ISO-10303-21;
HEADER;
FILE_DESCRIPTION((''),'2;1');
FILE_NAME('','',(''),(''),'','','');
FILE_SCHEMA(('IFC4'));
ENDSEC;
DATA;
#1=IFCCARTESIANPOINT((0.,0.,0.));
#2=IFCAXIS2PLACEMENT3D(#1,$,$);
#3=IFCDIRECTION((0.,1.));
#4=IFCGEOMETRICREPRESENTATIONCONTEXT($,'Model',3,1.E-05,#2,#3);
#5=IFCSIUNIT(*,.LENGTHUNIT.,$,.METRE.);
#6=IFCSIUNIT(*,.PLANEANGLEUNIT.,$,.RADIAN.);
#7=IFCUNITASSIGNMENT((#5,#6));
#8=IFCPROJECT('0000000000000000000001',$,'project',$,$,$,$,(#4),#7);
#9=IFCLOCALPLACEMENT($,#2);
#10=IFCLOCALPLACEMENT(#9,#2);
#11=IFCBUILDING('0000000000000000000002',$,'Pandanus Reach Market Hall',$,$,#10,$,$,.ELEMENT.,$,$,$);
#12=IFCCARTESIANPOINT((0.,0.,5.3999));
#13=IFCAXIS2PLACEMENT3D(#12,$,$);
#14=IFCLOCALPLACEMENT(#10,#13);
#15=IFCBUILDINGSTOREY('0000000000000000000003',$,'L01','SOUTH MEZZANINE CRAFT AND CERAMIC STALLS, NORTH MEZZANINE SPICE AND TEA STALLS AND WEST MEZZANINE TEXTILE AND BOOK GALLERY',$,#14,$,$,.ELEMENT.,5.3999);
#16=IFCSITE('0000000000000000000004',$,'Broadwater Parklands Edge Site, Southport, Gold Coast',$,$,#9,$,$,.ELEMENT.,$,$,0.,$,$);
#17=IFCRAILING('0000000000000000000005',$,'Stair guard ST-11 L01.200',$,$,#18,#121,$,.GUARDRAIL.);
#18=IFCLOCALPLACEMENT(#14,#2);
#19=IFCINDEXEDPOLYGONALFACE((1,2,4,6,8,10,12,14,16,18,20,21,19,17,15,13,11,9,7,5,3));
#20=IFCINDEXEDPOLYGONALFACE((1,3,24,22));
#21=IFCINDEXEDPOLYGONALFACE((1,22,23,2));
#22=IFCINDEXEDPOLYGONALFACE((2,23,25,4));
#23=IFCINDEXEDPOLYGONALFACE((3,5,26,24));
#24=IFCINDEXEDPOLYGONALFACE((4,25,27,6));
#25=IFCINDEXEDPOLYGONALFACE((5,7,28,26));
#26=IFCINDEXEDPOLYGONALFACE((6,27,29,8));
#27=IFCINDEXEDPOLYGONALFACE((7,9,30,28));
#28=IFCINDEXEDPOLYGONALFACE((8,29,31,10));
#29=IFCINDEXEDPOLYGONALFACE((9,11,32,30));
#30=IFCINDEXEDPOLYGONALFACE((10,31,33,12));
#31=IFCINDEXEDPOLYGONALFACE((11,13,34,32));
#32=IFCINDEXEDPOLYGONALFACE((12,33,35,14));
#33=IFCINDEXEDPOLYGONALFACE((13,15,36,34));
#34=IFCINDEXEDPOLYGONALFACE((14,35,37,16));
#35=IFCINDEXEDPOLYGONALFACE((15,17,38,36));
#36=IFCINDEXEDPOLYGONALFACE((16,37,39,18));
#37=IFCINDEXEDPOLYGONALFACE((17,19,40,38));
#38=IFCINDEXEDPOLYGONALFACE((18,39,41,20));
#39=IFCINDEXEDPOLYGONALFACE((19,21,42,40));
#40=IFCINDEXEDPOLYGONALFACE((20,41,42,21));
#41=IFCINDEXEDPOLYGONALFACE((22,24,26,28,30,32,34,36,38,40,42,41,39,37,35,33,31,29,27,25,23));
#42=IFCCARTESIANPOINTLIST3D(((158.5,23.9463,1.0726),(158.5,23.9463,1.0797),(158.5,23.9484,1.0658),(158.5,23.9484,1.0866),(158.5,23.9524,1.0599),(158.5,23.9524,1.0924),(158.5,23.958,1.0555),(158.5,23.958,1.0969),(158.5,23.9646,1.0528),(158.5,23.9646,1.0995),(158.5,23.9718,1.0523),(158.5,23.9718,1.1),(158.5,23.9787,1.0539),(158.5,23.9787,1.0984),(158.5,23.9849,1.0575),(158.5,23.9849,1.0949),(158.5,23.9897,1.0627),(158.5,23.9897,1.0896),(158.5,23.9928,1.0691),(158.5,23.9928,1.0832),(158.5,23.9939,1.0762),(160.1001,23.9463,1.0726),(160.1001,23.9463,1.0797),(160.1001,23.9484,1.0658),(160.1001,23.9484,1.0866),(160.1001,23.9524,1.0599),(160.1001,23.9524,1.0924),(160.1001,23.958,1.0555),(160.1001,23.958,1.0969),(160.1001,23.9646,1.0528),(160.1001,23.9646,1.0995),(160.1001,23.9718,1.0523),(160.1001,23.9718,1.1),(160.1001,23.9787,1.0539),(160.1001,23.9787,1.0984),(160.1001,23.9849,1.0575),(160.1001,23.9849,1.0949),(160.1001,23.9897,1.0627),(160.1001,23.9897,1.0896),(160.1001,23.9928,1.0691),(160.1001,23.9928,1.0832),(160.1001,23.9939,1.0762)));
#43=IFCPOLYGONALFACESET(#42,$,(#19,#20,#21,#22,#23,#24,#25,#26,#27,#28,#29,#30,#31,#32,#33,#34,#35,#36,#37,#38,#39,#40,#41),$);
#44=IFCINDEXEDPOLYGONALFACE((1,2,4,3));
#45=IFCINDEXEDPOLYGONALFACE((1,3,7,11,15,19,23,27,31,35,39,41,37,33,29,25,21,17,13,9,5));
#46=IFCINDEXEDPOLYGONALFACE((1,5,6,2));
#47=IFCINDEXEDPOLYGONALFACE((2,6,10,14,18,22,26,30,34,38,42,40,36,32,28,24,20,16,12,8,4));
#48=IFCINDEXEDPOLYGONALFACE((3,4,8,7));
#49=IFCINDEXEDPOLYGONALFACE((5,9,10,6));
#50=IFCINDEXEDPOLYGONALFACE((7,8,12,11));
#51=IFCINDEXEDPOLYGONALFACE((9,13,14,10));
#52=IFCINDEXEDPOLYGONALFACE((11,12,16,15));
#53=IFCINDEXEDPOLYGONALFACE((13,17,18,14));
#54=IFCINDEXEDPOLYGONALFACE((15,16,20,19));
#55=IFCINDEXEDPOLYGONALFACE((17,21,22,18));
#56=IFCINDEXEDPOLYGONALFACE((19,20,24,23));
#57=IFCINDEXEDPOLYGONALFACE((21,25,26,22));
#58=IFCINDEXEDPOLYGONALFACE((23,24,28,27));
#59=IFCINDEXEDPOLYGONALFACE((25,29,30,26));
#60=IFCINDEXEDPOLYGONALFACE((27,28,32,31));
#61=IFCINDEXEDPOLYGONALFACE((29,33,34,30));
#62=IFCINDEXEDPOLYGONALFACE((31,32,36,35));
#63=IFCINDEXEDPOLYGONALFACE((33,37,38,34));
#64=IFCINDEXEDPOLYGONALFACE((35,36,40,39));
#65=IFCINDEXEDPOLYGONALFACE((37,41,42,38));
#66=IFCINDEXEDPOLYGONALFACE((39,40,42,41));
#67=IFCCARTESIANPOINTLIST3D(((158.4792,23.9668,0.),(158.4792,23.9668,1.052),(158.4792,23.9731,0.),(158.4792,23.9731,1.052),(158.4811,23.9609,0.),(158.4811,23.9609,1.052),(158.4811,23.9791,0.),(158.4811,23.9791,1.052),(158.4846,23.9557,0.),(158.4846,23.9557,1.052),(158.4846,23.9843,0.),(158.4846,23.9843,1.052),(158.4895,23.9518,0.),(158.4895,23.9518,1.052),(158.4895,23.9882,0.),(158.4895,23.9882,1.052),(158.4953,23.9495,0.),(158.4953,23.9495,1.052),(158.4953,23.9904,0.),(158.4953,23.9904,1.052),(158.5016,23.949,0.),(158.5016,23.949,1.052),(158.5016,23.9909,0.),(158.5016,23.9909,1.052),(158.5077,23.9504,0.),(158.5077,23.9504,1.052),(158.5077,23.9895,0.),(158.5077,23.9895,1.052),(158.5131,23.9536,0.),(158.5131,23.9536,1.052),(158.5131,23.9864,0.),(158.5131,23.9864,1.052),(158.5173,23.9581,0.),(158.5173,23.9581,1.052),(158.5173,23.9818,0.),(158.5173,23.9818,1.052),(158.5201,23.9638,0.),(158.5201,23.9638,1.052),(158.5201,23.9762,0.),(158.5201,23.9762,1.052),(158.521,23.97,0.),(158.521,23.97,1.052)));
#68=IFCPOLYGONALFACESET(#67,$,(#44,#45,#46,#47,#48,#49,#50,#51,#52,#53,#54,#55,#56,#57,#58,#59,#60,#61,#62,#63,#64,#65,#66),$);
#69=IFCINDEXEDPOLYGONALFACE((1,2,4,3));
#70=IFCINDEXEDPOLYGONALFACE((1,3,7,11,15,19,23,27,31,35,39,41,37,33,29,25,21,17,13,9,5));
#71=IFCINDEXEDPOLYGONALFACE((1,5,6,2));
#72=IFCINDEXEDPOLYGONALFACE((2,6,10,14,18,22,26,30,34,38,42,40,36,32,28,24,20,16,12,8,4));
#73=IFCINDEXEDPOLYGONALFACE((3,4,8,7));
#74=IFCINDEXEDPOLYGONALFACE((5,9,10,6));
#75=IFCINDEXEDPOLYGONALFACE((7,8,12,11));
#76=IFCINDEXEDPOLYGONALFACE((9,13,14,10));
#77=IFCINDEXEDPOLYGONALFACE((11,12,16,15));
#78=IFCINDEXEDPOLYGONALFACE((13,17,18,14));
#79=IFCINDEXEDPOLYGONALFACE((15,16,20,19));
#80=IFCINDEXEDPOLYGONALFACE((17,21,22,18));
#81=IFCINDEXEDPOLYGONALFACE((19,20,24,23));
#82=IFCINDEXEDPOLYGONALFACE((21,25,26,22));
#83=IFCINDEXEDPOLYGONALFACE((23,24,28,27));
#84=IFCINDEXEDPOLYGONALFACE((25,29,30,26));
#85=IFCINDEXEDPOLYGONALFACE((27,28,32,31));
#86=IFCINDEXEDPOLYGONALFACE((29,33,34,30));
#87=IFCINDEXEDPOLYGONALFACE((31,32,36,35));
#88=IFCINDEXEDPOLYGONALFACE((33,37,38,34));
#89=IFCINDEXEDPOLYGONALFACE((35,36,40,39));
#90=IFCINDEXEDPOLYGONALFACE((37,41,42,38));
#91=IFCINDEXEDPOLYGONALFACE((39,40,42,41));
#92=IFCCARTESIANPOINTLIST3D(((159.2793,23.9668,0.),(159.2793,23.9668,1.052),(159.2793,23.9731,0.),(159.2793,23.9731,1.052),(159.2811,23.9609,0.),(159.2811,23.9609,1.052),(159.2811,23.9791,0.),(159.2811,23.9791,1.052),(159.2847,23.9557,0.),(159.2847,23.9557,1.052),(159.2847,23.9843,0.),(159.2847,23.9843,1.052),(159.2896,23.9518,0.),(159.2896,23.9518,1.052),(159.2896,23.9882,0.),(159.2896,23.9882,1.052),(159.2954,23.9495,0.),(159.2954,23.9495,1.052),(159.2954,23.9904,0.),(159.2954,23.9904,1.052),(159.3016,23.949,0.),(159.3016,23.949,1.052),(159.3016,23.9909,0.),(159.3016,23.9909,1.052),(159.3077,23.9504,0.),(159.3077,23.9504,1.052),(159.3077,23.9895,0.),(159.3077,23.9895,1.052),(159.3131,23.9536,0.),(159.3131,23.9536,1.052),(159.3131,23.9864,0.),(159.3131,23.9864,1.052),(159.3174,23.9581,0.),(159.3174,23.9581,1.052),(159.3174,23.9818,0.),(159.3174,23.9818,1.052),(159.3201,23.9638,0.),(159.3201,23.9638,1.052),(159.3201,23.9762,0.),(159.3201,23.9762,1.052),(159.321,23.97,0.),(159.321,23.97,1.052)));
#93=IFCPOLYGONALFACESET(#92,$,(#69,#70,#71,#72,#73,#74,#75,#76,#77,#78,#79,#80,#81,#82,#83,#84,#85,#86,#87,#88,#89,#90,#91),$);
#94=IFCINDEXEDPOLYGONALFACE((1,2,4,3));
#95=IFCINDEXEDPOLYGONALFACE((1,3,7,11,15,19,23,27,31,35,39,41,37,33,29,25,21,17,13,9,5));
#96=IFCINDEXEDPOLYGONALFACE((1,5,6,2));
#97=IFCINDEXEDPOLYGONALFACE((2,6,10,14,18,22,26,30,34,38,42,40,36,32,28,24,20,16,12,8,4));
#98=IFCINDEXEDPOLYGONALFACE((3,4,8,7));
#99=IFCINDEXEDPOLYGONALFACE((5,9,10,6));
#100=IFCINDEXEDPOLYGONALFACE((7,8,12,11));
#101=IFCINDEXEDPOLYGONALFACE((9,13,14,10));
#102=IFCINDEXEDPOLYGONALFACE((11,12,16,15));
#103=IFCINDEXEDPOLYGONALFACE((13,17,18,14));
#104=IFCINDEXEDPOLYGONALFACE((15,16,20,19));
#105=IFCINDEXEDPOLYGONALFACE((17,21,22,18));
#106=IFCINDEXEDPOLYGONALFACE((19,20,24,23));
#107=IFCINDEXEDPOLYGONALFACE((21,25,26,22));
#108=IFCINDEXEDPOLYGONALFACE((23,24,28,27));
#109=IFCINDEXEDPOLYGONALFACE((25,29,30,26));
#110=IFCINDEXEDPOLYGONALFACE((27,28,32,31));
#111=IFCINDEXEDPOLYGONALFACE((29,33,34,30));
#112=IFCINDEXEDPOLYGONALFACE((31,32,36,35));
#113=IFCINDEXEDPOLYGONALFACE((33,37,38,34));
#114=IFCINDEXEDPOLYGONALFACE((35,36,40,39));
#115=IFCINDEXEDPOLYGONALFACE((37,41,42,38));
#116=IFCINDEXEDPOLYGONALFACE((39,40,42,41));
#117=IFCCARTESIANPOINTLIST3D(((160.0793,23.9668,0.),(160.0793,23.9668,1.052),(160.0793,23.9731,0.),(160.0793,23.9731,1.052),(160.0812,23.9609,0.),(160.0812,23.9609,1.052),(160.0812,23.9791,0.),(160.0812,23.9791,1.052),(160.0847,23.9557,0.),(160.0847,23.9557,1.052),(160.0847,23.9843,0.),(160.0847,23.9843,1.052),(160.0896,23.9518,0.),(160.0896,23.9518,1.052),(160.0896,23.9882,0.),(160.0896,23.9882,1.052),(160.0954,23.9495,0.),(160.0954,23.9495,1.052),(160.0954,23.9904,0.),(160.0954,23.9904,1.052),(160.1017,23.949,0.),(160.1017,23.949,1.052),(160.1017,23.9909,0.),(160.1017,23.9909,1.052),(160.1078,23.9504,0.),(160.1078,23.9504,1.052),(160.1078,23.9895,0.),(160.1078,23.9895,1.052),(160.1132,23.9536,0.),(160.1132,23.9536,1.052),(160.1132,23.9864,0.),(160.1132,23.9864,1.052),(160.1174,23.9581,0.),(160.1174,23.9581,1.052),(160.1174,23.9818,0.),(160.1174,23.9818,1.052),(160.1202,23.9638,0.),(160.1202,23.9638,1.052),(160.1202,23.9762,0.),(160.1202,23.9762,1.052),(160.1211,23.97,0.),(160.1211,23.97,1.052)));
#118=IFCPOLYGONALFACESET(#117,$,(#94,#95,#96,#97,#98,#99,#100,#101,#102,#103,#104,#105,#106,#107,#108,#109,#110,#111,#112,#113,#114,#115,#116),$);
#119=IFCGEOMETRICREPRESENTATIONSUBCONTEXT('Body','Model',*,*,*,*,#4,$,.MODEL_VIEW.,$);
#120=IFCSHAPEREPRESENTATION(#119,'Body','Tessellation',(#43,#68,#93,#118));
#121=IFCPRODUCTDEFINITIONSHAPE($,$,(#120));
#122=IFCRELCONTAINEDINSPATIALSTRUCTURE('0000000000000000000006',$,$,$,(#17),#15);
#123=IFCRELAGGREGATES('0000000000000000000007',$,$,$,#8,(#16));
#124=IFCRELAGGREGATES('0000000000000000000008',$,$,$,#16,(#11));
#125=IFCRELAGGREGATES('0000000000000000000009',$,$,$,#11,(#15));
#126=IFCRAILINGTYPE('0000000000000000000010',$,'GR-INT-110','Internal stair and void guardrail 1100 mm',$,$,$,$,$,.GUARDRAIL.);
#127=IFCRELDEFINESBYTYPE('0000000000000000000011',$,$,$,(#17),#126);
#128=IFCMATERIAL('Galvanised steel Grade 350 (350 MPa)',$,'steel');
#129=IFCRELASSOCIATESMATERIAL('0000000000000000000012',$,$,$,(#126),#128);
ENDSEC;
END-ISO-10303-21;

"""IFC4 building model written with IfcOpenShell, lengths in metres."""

from ifc_helpers import new_model, si_unit, direction, frame, origin, origin_2d, place, context, subcontext, project, spatial, circle, extrude, material, type_object, element, save


model = new_model("IFC4")

# Units and contexts
model_context = context("Model", 3, precision=1e-05, world=origin(), true_north=direction((0.0, 1.0)))
body_context = subcontext(model_context, "Body", "Model", "MODEL_VIEW")
ifc_project = project(units=[si_unit("LENGTHUNIT", "METRE"), si_unit("PLANEANGLEUNIT", "RADIAN")], contexts=[model_context])

# Site, building, storey
site_placement = place(None, origin())
site = spatial("IfcSite", under=ifc_project, at=site_placement, Name="Broadwater Parklands Edge Site, Southport, Gold Coast", CompositionType="ELEMENT", RefElevation=0.0)
building_placement = place(site_placement, origin())
building = spatial("IfcBuilding", under=site, at=building_placement, Name="Pandanus Reach Market Hall", CompositionType="ELEMENT")
storey_placement = place(building_placement, frame((0.0, 0.0, 5.3999)))
storey = spatial("IfcBuildingStorey", under=building, at=storey_placement, Name="L01", Description="SOUTH MEZZANINE CRAFT AND CERAMIC STALLS, NORTH MEZZANINE SPICE AND TEA STALLS AND WEST MEZZANINE TEXTILE AND BOOK GALLERY", CompositionType="ELEMENT", Elevation=5.3999)

# Railing
ifc_material_1 = material(Name="Galvanised steel Grade 350 (350 MPa)", Category="steel")
railing_type = type_object("IfcRailingType", Name="GR-INT-110", Description="Internal stair and void guardrail 1100 mm", PredefinedType="GUARDRAIL", material=ifc_material_1)
railing_1_placement = place(storey_placement, frame((158.5, 23.97, 0.0)))
element("IfcRailing", 1, at=railing_1_placement, inside=storey, type_object=railing_type, Name="Stair guard ST-11 L01.200", PredefinedType="GUARDRAIL", context=body_context, shape_type="SweptSolid", body=[
    extrude(circle(Radius=0.0239, at=origin_2d()), frame((0.0, 0.0, 1.0762), z_axis=(1.0, 0.0, 0.0), x_axis=(0.0, 1.0, 0.0)), (0.0, 0.0, 1.0), 1.6001),
    extrude(circle(Radius=0.021, at=origin_2d()), origin(), (0.0, 0.0, 1.0), 1.052),
    extrude(circle(Radius=0.021, at=origin_2d()), frame((0.8, 0.0, 0.0)), (0.0, 0.0, 1.0), 1.052),
    extrude(circle(Radius=0.021, at=origin_2d()), frame((1.6001, 0.0, 0.0)), (0.0, 0.0, 1.0), 1.052),
])

save(model, "model.ifc")
